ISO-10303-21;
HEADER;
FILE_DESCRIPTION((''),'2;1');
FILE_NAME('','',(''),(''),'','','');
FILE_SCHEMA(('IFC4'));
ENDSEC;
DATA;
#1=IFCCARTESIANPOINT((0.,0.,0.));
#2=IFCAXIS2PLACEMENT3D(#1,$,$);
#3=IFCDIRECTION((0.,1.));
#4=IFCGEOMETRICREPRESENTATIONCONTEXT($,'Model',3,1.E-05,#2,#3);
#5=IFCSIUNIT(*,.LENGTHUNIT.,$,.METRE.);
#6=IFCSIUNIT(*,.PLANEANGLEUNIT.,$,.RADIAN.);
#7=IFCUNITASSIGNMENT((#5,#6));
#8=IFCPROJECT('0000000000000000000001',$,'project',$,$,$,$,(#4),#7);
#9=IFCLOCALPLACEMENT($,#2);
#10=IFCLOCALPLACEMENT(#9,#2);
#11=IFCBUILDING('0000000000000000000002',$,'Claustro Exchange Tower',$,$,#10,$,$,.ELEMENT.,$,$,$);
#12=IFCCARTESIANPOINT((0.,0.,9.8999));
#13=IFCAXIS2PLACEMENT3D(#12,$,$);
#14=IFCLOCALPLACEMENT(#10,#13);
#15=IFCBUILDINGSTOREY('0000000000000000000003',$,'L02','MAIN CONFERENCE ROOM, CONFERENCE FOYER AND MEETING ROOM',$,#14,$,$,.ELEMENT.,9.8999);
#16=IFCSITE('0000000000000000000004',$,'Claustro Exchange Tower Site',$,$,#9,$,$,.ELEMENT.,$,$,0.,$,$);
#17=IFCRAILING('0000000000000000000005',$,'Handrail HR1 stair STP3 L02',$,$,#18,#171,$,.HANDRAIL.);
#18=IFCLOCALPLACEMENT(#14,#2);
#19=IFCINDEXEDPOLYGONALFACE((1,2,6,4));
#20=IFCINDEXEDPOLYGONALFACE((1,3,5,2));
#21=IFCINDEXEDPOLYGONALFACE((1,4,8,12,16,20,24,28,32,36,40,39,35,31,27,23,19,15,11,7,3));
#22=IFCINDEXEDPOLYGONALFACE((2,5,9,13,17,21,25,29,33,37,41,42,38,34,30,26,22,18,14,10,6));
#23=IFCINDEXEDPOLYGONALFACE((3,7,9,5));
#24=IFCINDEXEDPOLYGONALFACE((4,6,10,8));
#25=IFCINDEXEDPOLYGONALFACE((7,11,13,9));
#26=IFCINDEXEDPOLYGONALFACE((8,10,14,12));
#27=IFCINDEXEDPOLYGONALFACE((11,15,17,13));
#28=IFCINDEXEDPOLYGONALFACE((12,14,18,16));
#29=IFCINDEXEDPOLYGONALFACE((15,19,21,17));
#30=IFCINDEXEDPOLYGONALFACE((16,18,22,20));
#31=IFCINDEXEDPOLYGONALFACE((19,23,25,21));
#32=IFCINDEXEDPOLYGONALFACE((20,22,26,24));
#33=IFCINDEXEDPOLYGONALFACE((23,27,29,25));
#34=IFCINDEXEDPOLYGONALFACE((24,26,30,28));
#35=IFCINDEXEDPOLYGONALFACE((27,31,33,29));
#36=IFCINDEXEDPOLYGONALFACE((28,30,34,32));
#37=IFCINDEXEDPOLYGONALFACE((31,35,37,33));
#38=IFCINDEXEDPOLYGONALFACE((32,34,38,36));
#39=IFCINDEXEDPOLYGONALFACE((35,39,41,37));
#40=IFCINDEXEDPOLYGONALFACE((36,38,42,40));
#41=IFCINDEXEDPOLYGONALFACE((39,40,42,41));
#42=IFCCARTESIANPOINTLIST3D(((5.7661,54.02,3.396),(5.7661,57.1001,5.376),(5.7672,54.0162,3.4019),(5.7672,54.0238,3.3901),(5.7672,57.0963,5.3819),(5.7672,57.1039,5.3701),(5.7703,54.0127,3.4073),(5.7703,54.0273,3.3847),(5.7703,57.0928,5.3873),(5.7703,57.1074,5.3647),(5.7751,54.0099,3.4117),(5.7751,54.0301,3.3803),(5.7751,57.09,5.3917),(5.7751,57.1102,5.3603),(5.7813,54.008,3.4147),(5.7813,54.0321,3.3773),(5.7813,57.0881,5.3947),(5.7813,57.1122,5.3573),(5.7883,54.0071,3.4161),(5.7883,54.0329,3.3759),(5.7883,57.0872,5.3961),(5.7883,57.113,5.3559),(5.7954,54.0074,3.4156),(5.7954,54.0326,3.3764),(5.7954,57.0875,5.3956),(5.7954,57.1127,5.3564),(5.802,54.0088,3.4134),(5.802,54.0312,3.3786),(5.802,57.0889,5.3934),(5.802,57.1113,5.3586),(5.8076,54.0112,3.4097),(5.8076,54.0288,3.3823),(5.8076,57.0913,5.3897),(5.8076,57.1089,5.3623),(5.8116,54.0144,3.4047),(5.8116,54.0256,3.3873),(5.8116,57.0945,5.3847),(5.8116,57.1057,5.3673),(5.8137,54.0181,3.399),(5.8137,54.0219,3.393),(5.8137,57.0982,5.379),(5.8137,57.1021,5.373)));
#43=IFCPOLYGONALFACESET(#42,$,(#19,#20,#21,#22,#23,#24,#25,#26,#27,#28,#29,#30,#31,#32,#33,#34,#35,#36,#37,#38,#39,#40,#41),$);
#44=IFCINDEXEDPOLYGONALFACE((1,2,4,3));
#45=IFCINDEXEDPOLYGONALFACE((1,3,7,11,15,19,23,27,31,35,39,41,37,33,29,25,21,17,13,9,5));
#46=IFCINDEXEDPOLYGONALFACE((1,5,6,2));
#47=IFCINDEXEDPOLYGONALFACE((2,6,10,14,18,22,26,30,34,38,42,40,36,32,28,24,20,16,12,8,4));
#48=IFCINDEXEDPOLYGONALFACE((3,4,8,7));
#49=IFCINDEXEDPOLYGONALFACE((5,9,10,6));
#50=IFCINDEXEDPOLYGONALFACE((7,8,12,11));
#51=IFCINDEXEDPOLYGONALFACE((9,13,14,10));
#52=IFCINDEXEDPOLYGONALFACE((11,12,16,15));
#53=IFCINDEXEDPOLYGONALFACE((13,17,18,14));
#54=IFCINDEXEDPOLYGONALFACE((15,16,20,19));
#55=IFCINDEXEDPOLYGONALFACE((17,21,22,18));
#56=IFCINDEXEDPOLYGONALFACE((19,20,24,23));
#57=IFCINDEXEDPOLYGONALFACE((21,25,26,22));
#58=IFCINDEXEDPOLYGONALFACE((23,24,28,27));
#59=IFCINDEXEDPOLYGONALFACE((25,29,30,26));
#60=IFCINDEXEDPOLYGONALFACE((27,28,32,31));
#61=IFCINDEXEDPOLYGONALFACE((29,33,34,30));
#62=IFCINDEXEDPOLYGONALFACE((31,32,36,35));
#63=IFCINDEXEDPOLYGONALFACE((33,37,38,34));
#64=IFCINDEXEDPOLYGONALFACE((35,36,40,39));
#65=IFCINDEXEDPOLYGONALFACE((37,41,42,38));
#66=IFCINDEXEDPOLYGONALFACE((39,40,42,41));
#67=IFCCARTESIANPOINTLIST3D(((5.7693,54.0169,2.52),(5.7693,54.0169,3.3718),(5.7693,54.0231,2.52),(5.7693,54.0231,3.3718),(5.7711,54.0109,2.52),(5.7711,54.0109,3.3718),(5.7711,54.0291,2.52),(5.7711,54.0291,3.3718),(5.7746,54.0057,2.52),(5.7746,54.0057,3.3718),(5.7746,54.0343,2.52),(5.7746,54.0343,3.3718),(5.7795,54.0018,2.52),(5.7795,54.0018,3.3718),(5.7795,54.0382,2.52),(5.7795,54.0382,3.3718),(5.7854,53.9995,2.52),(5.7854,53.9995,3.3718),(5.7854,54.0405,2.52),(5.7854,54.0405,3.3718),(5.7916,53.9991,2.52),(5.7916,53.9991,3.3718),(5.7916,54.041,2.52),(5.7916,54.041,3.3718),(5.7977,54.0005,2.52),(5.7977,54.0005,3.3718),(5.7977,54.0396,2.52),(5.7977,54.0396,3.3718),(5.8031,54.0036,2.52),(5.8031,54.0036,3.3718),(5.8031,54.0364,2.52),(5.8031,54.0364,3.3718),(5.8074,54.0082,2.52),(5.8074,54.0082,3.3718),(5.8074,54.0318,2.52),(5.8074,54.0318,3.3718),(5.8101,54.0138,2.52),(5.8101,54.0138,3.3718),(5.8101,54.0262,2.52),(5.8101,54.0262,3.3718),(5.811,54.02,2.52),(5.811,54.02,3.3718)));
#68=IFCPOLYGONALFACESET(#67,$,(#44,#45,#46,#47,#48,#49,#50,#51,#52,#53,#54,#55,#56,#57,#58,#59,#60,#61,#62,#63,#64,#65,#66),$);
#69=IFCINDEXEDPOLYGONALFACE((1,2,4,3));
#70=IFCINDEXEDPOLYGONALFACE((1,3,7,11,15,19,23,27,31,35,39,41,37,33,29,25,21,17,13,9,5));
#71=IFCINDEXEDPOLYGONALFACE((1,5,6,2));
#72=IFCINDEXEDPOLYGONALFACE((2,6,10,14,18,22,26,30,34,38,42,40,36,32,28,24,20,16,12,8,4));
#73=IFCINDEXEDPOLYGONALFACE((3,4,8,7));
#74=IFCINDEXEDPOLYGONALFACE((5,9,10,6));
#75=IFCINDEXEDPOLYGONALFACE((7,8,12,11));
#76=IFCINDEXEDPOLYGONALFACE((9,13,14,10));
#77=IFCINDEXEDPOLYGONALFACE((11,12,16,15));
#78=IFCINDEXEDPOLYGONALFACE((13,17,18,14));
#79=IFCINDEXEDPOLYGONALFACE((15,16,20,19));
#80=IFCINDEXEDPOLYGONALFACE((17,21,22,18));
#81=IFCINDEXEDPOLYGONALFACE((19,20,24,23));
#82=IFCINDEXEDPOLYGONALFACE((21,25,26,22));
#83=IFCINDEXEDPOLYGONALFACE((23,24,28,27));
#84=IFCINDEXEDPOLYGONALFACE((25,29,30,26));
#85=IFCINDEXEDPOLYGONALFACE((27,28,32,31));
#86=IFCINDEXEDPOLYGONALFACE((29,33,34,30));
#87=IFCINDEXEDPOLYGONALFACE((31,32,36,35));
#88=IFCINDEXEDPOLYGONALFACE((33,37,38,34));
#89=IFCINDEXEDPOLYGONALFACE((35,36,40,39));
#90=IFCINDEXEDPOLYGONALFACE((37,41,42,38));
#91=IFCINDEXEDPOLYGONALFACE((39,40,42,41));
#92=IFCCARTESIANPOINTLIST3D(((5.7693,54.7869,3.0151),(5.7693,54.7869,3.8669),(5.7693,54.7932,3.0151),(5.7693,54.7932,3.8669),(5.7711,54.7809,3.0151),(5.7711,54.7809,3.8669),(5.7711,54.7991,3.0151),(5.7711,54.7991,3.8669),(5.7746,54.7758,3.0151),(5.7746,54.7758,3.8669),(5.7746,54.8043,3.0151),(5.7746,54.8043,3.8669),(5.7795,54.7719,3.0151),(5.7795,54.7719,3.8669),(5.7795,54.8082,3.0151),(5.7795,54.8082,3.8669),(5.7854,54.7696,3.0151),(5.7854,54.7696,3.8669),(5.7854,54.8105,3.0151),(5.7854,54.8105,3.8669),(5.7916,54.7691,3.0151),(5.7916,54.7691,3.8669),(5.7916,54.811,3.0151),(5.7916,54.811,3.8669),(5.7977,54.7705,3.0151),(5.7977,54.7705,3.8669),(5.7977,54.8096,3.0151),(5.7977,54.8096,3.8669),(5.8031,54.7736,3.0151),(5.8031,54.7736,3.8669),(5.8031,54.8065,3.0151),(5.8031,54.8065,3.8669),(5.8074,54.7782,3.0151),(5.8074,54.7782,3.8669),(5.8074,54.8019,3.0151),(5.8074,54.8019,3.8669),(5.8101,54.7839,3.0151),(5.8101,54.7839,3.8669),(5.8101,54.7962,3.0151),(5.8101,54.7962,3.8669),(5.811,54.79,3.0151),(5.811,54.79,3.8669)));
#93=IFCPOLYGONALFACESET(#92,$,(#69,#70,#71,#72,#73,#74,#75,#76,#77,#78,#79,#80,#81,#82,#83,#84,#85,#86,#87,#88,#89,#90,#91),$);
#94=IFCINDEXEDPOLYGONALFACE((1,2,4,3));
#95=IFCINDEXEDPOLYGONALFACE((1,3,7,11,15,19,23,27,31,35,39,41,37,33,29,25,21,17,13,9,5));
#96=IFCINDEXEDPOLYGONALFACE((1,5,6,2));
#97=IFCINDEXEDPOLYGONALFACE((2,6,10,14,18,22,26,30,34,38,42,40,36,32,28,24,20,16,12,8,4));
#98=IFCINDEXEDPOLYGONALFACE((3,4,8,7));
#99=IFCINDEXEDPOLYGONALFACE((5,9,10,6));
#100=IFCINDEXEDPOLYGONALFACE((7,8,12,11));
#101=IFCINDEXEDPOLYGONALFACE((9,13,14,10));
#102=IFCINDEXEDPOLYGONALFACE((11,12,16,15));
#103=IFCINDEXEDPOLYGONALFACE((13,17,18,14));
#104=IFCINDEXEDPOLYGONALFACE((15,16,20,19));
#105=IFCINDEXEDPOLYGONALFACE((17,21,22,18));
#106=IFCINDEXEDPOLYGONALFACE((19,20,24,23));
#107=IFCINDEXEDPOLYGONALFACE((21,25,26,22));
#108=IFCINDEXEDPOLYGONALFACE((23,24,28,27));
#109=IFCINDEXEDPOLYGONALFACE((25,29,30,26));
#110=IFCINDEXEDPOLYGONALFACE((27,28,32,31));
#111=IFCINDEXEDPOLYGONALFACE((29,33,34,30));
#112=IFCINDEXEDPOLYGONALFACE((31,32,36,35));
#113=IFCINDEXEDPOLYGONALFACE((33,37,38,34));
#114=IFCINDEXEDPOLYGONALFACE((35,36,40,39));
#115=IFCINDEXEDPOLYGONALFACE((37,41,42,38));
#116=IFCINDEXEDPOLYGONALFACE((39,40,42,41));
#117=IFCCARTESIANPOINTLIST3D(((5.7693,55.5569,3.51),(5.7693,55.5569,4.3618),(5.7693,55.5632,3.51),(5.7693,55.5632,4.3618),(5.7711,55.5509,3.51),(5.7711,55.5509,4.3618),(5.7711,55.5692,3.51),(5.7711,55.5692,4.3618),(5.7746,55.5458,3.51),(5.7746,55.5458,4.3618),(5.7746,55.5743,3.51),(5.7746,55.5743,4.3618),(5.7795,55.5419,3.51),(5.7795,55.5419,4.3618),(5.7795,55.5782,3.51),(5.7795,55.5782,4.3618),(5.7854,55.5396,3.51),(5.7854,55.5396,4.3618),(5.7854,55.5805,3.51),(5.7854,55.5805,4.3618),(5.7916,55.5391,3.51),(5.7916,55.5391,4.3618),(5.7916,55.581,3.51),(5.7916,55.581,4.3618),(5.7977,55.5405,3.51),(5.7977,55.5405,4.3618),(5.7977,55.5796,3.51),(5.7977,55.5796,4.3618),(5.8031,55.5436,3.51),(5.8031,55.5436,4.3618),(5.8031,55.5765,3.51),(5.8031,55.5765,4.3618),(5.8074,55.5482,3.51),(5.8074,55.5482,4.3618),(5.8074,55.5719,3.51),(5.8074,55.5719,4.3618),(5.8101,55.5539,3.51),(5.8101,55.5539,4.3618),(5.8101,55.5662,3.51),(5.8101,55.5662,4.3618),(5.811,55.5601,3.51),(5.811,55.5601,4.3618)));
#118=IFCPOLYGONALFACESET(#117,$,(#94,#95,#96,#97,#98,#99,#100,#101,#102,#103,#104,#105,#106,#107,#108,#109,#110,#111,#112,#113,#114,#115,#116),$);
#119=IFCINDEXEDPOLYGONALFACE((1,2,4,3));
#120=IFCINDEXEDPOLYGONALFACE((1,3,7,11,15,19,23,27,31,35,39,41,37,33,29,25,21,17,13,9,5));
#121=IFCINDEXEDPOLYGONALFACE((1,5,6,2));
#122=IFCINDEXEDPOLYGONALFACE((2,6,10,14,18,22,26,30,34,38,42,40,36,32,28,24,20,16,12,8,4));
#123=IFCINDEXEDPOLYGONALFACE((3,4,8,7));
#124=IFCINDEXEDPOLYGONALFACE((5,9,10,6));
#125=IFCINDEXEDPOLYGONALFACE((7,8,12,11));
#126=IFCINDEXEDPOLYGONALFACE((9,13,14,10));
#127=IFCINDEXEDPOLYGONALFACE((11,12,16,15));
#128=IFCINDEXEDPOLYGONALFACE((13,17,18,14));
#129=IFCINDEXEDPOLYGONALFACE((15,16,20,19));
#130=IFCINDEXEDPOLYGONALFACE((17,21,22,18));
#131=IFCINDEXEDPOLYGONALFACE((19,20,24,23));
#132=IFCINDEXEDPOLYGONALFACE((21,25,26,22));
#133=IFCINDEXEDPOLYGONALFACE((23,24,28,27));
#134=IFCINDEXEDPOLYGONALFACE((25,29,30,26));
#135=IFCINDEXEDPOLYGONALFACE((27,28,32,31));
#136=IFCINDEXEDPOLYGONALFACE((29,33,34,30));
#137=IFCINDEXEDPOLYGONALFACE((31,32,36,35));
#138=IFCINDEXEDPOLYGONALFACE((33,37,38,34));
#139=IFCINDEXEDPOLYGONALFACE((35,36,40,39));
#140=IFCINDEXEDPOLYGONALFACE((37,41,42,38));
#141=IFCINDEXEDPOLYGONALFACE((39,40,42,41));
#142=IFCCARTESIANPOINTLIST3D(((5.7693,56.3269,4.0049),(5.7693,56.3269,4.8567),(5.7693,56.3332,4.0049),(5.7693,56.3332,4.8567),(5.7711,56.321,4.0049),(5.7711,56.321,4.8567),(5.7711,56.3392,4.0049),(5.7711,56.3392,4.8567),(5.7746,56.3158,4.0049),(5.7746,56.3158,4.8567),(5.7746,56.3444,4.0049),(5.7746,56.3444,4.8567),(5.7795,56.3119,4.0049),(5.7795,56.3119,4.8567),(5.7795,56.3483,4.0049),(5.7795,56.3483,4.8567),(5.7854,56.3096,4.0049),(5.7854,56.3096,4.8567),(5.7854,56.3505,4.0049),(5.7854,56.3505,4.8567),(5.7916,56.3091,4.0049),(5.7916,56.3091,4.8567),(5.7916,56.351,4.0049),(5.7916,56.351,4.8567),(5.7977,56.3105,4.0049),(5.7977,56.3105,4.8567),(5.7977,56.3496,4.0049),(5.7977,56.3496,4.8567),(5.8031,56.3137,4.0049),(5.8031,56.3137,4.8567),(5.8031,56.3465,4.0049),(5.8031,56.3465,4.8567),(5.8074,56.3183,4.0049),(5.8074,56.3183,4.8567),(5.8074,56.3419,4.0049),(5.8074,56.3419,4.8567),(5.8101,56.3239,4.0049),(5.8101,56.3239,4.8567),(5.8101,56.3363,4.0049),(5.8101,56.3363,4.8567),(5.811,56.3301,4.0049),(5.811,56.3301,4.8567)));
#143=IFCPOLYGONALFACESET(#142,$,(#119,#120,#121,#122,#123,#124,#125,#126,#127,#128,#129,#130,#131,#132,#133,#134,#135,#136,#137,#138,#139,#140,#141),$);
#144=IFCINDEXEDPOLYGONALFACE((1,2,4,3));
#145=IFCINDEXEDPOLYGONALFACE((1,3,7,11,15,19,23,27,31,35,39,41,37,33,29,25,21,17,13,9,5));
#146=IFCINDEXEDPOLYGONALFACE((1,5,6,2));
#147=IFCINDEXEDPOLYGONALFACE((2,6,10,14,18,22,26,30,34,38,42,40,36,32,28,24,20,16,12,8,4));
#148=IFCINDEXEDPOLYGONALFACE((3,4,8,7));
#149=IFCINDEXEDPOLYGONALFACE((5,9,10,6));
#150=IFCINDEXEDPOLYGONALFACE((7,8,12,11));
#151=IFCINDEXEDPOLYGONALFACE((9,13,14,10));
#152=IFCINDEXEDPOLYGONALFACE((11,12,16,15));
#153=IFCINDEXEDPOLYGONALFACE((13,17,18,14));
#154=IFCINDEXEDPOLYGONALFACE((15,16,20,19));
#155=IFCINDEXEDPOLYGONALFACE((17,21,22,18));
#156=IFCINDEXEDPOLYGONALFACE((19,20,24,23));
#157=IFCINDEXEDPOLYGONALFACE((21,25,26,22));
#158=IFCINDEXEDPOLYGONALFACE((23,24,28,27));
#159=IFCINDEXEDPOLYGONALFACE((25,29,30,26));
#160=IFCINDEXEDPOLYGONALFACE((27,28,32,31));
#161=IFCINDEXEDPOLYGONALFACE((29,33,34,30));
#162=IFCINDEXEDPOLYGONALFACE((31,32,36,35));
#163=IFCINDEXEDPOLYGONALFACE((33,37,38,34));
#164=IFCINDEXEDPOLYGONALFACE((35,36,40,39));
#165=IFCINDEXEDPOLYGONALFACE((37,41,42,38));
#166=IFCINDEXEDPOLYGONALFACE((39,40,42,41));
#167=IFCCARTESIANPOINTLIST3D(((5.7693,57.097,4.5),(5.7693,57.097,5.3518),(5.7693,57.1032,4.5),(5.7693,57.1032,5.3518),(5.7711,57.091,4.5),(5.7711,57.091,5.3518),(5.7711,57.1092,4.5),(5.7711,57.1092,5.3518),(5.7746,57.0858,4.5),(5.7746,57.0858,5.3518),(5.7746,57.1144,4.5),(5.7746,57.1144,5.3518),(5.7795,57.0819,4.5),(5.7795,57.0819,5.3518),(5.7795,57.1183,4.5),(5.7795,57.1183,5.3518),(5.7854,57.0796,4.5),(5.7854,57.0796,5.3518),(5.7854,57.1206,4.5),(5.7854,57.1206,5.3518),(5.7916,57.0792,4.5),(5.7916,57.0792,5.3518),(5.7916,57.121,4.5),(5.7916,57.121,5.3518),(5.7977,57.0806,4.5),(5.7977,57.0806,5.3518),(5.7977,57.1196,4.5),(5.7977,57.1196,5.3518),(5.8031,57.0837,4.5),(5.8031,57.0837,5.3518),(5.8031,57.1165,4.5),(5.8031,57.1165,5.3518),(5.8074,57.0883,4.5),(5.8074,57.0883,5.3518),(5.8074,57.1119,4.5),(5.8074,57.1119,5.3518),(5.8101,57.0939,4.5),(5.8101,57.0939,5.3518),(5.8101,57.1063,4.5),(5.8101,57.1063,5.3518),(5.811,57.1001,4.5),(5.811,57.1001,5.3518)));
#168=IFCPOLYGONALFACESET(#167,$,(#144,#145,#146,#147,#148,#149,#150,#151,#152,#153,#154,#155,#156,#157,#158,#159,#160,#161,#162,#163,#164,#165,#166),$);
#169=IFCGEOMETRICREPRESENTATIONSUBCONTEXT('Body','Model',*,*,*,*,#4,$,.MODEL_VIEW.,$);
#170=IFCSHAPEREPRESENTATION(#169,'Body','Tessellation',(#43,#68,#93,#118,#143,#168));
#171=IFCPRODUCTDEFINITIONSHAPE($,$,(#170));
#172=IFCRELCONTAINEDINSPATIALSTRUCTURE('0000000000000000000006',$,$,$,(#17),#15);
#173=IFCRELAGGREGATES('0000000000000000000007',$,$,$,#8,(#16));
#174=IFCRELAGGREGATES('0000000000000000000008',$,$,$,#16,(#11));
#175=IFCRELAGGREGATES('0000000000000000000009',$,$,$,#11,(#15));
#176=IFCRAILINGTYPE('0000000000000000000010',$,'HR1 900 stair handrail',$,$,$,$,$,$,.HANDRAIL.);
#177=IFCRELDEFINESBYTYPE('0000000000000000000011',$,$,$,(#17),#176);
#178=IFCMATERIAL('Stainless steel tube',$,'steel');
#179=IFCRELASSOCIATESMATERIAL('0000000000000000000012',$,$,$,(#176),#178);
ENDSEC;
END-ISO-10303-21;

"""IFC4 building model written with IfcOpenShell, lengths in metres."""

from ifc_helpers import new_model, si_unit, direction, frame, origin, origin_2d, place, context, subcontext, project, spatial, circle, extrude, material, type_object, element, save


model = new_model("IFC4")

# Units and contexts
model_context = context("Model", 3, precision=1e-05, world=origin(), true_north=direction((0.0, 1.0)))
body_context = subcontext(model_context, "Body", "Model", "MODEL_VIEW")
ifc_project = project(units=[si_unit("LENGTHUNIT", "METRE"), si_unit("PLANEANGLEUNIT", "RADIAN")], contexts=[model_context])

# Site, building, storey
site_placement = place(None, origin())
site = spatial("IfcSite", under=ifc_project, at=site_placement, Name="Claustro Exchange Tower Site", CompositionType="ELEMENT", RefElevation=0.0)
building_placement = place(site_placement, origin())
building = spatial("IfcBuilding", under=site, at=building_placement, Name="Claustro Exchange Tower", CompositionType="ELEMENT")
storey_placement = place(building_placement, frame((0.0, 0.0, 9.8999)))
storey = spatial("IfcBuildingStorey", under=building, at=storey_placement, Name="L02", Description="MAIN CONFERENCE ROOM, CONFERENCE FOYER AND MEETING ROOM", CompositionType="ELEMENT", Elevation=9.8999)

# Railing
ifc_material_1 = material(Name="Stainless steel tube", Category="steel")
railing_type_1 = type_object("IfcRailingType", Name="HR1 900 stair handrail", PredefinedType="HANDRAIL", material=ifc_material_1)
railing_1_placement = place(storey_placement, frame((5.79, 54.02, 2.52)))
element("IfcRailing", 1, at=railing_1_placement, inside=storey, type_object=railing_type_1, Name="Handrail HR1 stair STP3 L02", PredefinedType="HANDRAIL", context=body_context, shape_type="SweptSolid", body=[
    extrude(circle(Radius=0.0239, at=origin_2d()), frame((0.0, 0.0, 0.876), z_axis=(0.0, 0.841187, 0.540744), x_axis=(-1.0, 0.0, 0.0)), (0.0, 0.0, 1.0), 3.6616),
    extrude(circle(Radius=0.021, at=origin_2d()), origin(), (0.0, 0.0, 1.0), 0.8518),
    extrude(circle(Radius=0.021, at=origin_2d()), frame((0.0, 0.77, 0.4951)), (0.0, 0.0, 1.0), 0.8518),
    extrude(circle(Radius=0.021, at=origin_2d()), frame((0.0, 1.54, 0.99)), (0.0, 0.0, 1.0), 0.8518),
    extrude(circle(Radius=0.021, at=origin_2d()), frame((0.0, 2.3101, 1.4849)), (0.0, 0.0, 1.0), 0.8518),
    extrude(circle(Radius=0.021, at=origin_2d()), frame((0.0, 3.0801, 1.98)), (0.0, 0.0, 1.0), 0.8518),
])

save(model, "model.ifc")
